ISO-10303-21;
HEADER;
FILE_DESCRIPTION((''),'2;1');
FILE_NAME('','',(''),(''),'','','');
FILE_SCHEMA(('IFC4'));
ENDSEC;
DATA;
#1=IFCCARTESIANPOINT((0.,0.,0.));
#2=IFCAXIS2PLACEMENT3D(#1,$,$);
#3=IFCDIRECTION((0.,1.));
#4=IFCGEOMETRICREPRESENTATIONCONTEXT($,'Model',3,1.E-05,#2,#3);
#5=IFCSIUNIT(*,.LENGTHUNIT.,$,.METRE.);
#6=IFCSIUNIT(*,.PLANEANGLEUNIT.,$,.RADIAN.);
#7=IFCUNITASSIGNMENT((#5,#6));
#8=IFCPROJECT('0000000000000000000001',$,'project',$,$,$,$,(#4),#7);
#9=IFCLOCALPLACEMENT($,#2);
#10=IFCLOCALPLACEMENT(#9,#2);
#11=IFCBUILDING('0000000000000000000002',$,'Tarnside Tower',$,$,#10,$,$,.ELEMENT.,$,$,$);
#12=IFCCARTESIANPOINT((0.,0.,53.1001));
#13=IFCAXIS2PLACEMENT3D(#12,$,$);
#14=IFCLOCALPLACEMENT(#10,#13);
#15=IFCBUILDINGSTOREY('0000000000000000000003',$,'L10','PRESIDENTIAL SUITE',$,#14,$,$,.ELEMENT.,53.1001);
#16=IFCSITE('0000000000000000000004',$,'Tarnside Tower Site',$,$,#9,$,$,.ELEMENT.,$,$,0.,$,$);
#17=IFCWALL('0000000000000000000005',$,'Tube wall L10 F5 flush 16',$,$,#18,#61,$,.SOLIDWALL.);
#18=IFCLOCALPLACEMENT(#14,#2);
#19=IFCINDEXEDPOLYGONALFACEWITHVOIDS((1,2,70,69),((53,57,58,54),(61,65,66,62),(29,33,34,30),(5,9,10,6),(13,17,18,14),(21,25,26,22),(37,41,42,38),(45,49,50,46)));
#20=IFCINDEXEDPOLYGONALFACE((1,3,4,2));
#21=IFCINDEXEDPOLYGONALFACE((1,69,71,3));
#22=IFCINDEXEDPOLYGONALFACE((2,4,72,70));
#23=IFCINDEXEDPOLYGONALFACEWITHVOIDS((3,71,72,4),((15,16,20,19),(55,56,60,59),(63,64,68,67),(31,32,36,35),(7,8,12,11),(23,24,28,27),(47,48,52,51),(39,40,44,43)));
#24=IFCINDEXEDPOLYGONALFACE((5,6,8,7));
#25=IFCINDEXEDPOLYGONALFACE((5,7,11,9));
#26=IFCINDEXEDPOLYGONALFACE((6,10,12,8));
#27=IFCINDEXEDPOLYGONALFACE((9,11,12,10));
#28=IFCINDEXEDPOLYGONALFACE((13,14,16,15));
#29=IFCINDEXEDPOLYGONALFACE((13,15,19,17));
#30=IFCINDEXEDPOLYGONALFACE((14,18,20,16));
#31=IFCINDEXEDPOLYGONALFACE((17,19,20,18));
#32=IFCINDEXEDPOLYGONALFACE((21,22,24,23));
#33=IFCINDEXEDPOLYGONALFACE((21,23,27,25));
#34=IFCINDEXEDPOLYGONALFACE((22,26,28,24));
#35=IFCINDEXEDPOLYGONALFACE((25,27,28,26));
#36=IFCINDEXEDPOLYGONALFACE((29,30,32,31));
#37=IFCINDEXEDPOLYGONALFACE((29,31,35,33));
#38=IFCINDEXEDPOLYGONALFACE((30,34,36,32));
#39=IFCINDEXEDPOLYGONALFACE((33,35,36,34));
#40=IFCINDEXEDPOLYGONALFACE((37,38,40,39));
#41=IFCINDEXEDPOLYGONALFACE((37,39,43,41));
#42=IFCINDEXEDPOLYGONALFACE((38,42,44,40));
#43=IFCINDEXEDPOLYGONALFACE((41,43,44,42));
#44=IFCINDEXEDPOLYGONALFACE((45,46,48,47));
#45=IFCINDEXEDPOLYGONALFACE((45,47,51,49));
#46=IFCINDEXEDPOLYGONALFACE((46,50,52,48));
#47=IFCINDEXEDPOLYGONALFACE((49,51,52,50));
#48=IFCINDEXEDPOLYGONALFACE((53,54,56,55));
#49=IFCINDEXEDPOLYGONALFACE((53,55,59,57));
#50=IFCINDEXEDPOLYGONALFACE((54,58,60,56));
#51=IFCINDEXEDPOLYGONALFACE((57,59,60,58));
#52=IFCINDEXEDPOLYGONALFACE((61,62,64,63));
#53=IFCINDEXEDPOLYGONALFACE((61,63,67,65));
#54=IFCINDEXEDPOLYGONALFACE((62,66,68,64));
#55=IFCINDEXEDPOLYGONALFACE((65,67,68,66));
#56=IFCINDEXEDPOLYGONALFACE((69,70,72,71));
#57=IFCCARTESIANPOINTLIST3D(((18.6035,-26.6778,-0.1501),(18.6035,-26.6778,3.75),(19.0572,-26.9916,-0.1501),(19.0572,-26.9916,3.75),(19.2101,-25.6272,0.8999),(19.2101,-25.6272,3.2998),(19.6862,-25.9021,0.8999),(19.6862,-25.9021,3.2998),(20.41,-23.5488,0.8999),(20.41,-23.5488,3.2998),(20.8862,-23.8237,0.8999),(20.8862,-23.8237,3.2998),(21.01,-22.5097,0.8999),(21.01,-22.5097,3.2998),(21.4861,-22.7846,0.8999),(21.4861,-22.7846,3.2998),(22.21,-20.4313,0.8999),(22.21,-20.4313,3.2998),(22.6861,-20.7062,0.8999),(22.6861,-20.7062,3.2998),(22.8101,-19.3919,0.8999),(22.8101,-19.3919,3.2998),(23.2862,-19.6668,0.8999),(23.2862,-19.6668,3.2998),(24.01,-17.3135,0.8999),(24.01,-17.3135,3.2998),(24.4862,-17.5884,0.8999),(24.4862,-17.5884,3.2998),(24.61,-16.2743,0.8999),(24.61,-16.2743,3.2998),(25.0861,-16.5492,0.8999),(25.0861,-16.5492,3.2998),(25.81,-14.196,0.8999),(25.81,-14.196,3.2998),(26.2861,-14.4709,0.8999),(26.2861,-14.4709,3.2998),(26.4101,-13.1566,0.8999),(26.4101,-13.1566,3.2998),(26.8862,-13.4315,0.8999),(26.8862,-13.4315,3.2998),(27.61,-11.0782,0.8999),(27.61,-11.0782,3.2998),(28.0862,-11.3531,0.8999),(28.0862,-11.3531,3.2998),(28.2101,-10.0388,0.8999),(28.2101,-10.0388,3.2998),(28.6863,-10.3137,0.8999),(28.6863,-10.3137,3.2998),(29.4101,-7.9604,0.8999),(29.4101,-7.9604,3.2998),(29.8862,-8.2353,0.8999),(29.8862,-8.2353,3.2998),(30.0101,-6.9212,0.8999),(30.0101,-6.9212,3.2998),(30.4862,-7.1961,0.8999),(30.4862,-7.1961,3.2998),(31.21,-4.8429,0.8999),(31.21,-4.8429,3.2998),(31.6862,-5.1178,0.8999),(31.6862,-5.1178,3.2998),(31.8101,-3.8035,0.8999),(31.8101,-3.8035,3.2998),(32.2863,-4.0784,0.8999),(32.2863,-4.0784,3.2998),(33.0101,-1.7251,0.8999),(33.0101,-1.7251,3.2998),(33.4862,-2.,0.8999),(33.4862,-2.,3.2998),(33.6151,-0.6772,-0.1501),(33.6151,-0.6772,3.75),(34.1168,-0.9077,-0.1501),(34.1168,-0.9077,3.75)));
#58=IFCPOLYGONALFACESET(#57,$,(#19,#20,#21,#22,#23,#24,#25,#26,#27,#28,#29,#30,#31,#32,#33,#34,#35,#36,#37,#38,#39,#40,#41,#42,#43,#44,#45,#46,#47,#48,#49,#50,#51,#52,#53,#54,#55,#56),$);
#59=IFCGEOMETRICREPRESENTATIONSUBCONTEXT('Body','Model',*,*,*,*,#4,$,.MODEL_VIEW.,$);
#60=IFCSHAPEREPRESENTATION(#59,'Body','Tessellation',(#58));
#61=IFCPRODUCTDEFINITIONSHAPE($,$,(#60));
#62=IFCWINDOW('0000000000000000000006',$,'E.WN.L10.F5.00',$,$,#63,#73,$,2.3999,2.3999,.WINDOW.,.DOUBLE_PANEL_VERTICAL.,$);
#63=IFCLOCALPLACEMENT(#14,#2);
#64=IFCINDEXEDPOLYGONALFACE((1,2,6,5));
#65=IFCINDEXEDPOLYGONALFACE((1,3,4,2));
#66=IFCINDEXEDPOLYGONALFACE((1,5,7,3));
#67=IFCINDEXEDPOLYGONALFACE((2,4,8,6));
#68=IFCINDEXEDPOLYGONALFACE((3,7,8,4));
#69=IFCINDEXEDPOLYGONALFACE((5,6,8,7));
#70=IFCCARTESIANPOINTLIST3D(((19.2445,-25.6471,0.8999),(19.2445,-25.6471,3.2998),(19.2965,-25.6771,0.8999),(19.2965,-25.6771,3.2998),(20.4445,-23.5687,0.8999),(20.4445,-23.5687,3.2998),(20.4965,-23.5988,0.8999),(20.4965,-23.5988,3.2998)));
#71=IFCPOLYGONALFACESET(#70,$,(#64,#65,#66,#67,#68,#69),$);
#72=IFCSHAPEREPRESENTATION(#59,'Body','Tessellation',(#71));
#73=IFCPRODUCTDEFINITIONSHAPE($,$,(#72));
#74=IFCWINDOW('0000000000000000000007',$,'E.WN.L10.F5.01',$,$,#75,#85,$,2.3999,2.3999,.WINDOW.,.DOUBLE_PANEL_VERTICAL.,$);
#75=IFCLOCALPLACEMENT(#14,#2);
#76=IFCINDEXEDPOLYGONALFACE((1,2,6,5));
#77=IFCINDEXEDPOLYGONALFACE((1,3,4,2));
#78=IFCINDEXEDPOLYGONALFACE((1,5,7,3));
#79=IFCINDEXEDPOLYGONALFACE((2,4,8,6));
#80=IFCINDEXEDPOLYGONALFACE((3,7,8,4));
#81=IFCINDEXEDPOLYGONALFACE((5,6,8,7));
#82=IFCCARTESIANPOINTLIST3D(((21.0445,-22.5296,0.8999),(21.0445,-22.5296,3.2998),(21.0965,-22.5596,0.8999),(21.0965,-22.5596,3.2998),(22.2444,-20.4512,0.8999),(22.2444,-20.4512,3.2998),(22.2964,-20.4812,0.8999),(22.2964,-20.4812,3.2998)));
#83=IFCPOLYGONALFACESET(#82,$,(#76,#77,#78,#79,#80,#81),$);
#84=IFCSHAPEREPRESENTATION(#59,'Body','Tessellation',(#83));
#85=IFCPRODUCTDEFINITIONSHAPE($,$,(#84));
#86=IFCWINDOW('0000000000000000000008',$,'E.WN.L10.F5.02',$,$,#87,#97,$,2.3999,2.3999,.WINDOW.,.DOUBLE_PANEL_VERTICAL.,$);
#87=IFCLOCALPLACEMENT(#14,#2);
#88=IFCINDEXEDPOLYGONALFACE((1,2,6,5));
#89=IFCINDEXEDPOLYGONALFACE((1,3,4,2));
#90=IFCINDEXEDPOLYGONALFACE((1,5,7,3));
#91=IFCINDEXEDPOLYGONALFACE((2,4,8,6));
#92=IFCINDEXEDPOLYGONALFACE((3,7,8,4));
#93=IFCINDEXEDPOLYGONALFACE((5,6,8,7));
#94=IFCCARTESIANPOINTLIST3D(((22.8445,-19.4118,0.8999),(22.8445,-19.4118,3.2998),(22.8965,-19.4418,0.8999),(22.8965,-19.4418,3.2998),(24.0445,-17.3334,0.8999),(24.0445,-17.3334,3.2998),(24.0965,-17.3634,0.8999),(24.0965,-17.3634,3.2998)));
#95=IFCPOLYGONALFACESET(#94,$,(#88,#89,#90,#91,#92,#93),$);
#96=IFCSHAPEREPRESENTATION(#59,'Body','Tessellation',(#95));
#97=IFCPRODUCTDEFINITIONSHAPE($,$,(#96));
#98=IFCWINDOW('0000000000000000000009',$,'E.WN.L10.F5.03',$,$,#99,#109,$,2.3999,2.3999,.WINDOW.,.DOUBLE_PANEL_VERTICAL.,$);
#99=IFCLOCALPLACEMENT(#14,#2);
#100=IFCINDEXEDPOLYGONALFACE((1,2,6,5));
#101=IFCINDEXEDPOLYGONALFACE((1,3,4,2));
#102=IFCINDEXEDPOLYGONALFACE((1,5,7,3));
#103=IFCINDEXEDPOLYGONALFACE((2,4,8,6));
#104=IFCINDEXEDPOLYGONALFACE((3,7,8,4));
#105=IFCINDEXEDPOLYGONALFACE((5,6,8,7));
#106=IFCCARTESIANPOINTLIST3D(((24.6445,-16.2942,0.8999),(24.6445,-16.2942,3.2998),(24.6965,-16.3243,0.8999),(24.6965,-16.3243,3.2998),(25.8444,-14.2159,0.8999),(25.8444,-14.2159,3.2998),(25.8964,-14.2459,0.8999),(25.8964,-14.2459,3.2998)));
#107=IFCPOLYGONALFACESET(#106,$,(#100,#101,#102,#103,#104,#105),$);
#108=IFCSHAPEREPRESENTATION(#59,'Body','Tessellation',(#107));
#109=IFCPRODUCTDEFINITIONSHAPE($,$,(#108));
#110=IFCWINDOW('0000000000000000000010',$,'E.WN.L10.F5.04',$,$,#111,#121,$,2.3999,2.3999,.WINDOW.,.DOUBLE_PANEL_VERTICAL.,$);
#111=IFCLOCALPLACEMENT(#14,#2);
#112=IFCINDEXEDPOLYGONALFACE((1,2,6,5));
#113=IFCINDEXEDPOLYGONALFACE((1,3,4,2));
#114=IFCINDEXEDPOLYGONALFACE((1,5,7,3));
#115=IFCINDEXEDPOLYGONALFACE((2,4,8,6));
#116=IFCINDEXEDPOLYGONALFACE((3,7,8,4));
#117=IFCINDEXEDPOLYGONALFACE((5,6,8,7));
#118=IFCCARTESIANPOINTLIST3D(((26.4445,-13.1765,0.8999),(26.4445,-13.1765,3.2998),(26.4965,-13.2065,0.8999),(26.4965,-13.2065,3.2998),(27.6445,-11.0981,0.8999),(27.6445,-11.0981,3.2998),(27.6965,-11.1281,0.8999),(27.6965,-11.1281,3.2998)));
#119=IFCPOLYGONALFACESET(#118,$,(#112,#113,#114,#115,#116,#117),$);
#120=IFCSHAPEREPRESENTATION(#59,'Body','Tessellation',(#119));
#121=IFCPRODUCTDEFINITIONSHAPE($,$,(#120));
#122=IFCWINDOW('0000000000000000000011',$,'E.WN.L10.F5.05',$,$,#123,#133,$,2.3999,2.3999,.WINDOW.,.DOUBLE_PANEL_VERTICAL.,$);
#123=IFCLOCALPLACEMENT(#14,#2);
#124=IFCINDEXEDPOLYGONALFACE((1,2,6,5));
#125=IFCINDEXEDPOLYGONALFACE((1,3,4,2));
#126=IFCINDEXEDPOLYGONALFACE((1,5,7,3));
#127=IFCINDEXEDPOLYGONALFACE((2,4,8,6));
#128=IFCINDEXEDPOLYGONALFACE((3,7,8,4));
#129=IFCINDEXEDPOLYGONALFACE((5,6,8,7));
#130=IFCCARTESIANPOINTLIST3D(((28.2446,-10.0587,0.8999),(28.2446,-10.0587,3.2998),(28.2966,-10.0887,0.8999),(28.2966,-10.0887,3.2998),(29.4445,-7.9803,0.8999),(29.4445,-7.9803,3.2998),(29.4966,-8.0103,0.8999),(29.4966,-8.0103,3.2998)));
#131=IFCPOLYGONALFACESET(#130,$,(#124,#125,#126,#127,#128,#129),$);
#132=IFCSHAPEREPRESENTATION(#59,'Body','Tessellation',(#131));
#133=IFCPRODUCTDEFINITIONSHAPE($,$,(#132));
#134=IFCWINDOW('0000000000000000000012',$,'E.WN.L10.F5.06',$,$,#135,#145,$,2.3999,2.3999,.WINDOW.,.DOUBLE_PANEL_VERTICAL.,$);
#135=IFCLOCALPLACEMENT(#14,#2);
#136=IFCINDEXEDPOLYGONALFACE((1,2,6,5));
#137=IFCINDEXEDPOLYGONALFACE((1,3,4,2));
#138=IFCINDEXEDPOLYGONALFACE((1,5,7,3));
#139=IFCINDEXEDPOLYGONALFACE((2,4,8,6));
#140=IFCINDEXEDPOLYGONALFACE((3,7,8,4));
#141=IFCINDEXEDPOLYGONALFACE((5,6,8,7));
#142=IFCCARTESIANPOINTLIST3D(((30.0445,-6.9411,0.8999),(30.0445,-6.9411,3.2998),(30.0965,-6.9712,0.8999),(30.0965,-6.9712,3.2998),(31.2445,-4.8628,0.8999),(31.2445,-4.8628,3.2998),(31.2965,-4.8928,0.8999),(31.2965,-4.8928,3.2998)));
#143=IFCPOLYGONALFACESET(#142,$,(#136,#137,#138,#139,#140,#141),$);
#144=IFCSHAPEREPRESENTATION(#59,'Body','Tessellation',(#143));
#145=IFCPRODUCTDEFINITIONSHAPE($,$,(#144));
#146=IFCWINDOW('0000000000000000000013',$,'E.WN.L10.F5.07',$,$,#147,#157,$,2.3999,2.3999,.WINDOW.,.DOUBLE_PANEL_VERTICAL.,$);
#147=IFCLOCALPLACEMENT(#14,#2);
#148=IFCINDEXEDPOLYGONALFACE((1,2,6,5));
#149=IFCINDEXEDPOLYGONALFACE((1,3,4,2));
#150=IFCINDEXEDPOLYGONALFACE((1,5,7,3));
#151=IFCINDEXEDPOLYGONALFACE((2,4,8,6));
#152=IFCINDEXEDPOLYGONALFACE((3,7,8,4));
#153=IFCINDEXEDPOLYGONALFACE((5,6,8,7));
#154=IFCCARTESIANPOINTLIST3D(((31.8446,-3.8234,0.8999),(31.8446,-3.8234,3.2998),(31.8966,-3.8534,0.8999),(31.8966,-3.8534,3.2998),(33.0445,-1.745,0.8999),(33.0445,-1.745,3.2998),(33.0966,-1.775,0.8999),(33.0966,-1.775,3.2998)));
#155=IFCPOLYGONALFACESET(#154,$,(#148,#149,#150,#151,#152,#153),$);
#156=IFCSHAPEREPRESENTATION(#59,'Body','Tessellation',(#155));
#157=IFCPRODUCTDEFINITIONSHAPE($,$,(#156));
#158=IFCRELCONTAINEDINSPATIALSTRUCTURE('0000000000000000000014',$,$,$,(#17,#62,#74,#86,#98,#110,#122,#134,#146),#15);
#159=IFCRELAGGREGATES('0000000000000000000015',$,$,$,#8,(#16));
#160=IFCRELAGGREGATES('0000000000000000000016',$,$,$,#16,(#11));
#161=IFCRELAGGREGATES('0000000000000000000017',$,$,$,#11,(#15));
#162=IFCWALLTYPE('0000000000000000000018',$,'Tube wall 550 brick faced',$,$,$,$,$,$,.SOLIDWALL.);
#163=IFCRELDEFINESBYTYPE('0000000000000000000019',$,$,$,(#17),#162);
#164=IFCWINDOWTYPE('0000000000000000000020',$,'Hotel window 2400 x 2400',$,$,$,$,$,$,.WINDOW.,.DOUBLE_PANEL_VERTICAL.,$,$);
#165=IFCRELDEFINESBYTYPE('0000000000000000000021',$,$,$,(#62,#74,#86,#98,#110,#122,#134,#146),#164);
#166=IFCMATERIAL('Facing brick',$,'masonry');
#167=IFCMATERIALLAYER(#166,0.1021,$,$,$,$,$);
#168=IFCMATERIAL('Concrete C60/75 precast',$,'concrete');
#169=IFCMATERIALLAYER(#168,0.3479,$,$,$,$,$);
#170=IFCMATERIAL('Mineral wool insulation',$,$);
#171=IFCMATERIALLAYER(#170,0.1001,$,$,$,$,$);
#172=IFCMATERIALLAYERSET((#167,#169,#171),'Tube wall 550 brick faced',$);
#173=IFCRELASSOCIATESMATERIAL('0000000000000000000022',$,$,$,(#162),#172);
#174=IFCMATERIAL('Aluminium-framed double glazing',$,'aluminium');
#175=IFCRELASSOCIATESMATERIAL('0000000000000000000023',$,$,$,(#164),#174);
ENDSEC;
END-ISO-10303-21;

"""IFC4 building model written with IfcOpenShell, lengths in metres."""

from ifc_helpers import new_model, si_unit, direction, frame, frame_2d, origin, place, context, subcontext, project, spatial, polyline, rectangle, outline, extrude, material, layer, layer_set, type_object, element, fill, save


model = new_model("IFC4")

# Units and contexts
model_context = context("Model", 3, precision=1e-05, world=origin(), true_north=direction((0.0, 1.0)))
body_context = subcontext(model_context, "Body", "Model", "MODEL_VIEW")
ifc_project = project(units=[si_unit("LENGTHUNIT", "METRE"), si_unit("PLANEANGLEUNIT", "RADIAN")], contexts=[model_context])

# Site, building, storey
site_placement = place(None, origin())
site = spatial("IfcSite", under=ifc_project, at=site_placement, Name="Tarnside Tower Site", CompositionType="ELEMENT", RefElevation=0.0)
building_placement = place(site_placement, origin())
building = spatial("IfcBuilding", under=site, at=building_placement, Name="Tarnside Tower", CompositionType="ELEMENT")
storey_placement = place(building_placement, frame((0.0, 0.0, 53.1001)))
storey = spatial("IfcBuildingStorey", under=building, at=storey_placement, Name="L10", Description="PRESIDENTIAL SUITE", CompositionType="ELEMENT", Elevation=53.1001)

# Shared definitions
ifc_material_1 = material(Name="Facing brick", Category="masonry")
ifc_layer_1 = layer(ifc_material_1, 0.1021)
ifc_material_2 = material(Name="Concrete C60/75 precast", Category="concrete")
ifc_layer_2 = layer(ifc_material_2, 0.3479)
ifc_material_3 = material(Name="Mineral wool insulation")
ifc_layer_3 = layer(ifc_material_3, 0.1001)
ifc_layer_set_1 = layer_set([ifc_layer_1, ifc_layer_2, ifc_layer_3], Name="Tube wall 550 brick faced")
wall_type_1 = type_object("IfcWallType", Name="Tube wall 550 brick faced", PredefinedType="SOLIDWALL", material=ifc_layer_set_1)

# Wall, openings, windows
wall_1_placement = place(storey_placement, frame((18.8303, -26.8347, -0.1501), z_axis=(0.0, 0.0, 1.0), x_axis=(0.500004, 0.866023, 0.0)))
wall_1 = element("IfcWall", 1, at=wall_1_placement, inside=storey, type_object=wall_type_1, Name="Tube wall L10 F5 flush 16", PredefinedType="SOLIDWALL", context=body_context, shape_type="SweptSolid", body=[
    extrude(outline(polyline([(-0.0225, -0.2749), (30.0967, -0.2749), (30.0454, 0.2749), (0.0225, 0.2749), (-0.0225, -0.2749)])), origin(), (0.0, 0.0, 1.0), 3.9001),
])
opening_1_placement = place(wall_1_placement, frame((1.2356, 0.0, 1.05)))
opening_1 = element("IfcOpeningElement", 2, at=opening_1_placement, cuts=wall_1, PredefinedType="OPENING", context=body_context, shape_type="SweptSolid", body=[
    extrude(rectangle(XDim=2.3999, YDim=2.3999, at=frame_2d((1.2, 1.2))), frame((0.0, 0.2852, 0.0), z_axis=(0.0, -1.0, 0.0), x_axis=(1.0, 0.0, 0.0)), (0.0, 0.0, 1.0), 0.5701),
])
opening_2_placement = place(wall_1_placement, frame((4.8354, 0.0, 1.05)))
opening_2 = element("IfcOpeningElement", 3, at=opening_2_placement, cuts=wall_1, PredefinedType="OPENING", context=body_context, shape_type="SweptSolid", body=[
    extrude(rectangle(XDim=2.3999, YDim=2.3999, at=frame_2d((1.2, 1.2))), frame((0.0, 0.2852, 0.0), z_axis=(0.0, -1.0, 0.0), x_axis=(1.0, 0.0, 0.0)), (0.0, 0.0, 1.0), 0.5701),
])
opening_3_placement = place(wall_1_placement, frame((8.4355, 0.0, 1.05)))
opening_3 = element("IfcOpeningElement", 4, at=opening_3_placement, cuts=wall_1, PredefinedType="OPENING", context=body_context, shape_type="SweptSolid", body=[
    extrude(rectangle(XDim=2.3999, YDim=2.3999, at=frame_2d((1.2, 1.2))), frame((0.0, 0.2852, 0.0), z_axis=(0.0, -1.0, 0.0), x_axis=(1.0, 0.0, 0.0)), (0.0, 0.0, 1.0), 0.5701),
])
opening_4_placement = place(wall_1_placement, frame((12.0354, 0.0, 1.05)))
opening_4 = element("IfcOpeningElement", 5, at=opening_4_placement, cuts=wall_1, PredefinedType="OPENING", context=body_context, shape_type="SweptSolid", body=[
    extrude(rectangle(XDim=2.3999, YDim=2.3999, at=frame_2d((1.2, 1.2))), frame((0.0, 0.2852, 0.0), z_axis=(0.0, -1.0, 0.0), x_axis=(1.0, 0.0, 0.0)), (0.0, 0.0, 1.0), 0.5701),
])
opening_5_placement = place(wall_1_placement, frame((15.6355, 0.0, 1.05)))
opening_5 = element("IfcOpeningElement", 6, at=opening_5_placement, cuts=wall_1, PredefinedType="OPENING", context=body_context, shape_type="SweptSolid", body=[
    extrude(rectangle(XDim=2.3999, YDim=2.3999, at=frame_2d((1.2, 1.2))), frame((0.0, 0.2852, 0.0), z_axis=(0.0, -1.0, 0.0), x_axis=(1.0, 0.0, 0.0)), (0.0, 0.0, 1.0), 0.5701),
])
opening_6_placement = place(wall_1_placement, frame((19.2356, 0.0, 1.05)))
opening_6 = element("IfcOpeningElement", 7, at=opening_6_placement, cuts=wall_1, PredefinedType="OPENING", context=body_context, shape_type="SweptSolid", body=[
    extrude(rectangle(XDim=2.3999, YDim=2.3999, at=frame_2d((1.2, 1.2))), frame((0.0, 0.2852, 0.0), z_axis=(0.0, -1.0, 0.0), x_axis=(1.0, 0.0, 0.0)), (0.0, 0.0, 1.0), 0.5701),
])
opening_7_placement = place(wall_1_placement, frame((22.8354, 0.0, 1.05)))
opening_7 = element("IfcOpeningElement", 8, at=opening_7_placement, cuts=wall_1, PredefinedType="OPENING", context=body_context, shape_type="SweptSolid", body=[
    extrude(rectangle(XDim=2.3999, YDim=2.3999, at=frame_2d((1.2, 1.2))), frame((0.0, 0.2852, 0.0), z_axis=(0.0, -1.0, 0.0), x_axis=(1.0, 0.0, 0.0)), (0.0, 0.0, 1.0), 0.5701),
])
opening_8_placement = place(wall_1_placement, frame((26.4355, 0.0, 1.05)))
opening_8 = element("IfcOpeningElement", 9, at=opening_8_placement, cuts=wall_1, PredefinedType="OPENING", context=body_context, shape_type="SweptSolid", body=[
    extrude(rectangle(XDim=2.3999, YDim=2.3999, at=frame_2d((1.2, 1.2))), frame((0.0, 0.2852, 0.0), z_axis=(0.0, -1.0, 0.0), x_axis=(1.0, 0.0, 0.0)), (0.0, 0.0, 1.0), 0.5701),
])
ifc_material_4 = material(Name="Aluminium-framed double glazing", Category="aluminium")
window_type = type_object("IfcWindowType", Name="Hotel window 2400 x 2400", PartitioningType="DOUBLE_PANEL_VERTICAL", PredefinedType="WINDOW", material=ifc_material_4)
window_1_placement = place(opening_1_placement, frame((0.0, 0.2051, 0.0)))
window_1 = element("IfcWindow", 10, at=window_1_placement, inside=storey, type_object=window_type, Name="E.WN.L10.F5.00", OverallHeight=2.3999, OverallWidth=2.3999, PartitioningType="DOUBLE_PANEL_VERTICAL", PredefinedType="WINDOW", context=body_context, shape_type="SweptSolid", body=[
    extrude(rectangle(XDim=2.3999, YDim=2.3999, at=frame_2d((1.2, 1.2))), frame((0.0, 0.03, 0.0), z_axis=(0.0, -1.0, 0.0), x_axis=(1.0, 0.0, 0.0)), (0.0, 0.0, 1.0), 0.0601),
])
fill(opening_1, window_1)
window_2_placement = place(opening_2_placement, frame((0.0, 0.2051, 0.0)))
window_2 = element("IfcWindow", 11, at=window_2_placement, inside=storey, type_object=window_type, Name="E.WN.L10.F5.01", OverallHeight=2.3999, OverallWidth=2.3999, PartitioningType="DOUBLE_PANEL_VERTICAL", PredefinedType="WINDOW", context=body_context, shape_type="SweptSolid", body=[
    extrude(rectangle(XDim=2.3999, YDim=2.3999, at=frame_2d((1.2, 1.2))), frame((0.0, 0.03, 0.0), z_axis=(0.0, -1.0, 0.0), x_axis=(1.0, 0.0, 0.0)), (0.0, 0.0, 1.0), 0.0601),
])
fill(opening_2, window_2)
window_3_placement = place(opening_3_placement, frame((0.0, 0.2051, 0.0)))
window_3 = element("IfcWindow", 12, at=window_3_placement, inside=storey, type_object=window_type, Name="E.WN.L10.F5.02", OverallHeight=2.3999, OverallWidth=2.3999, PartitioningType="DOUBLE_PANEL_VERTICAL", PredefinedType="WINDOW", context=body_context, shape_type="SweptSolid", body=[
    extrude(rectangle(XDim=2.3999, YDim=2.3999, at=frame_2d((1.2, 1.2))), frame((0.0, 0.03, 0.0), z_axis=(0.0, -1.0, 0.0), x_axis=(1.0, 0.0, 0.0)), (0.0, 0.0, 1.0), 0.0601),
])
fill(opening_3, window_3)
window_4_placement = place(opening_4_placement, frame((0.0, 0.2051, 0.0)))
window_4 = element("IfcWindow", 13, at=window_4_placement, inside=storey, type_object=window_type, Name="E.WN.L10.F5.03", OverallHeight=2.3999, OverallWidth=2.3999, PartitioningType="DOUBLE_PANEL_VERTICAL", PredefinedType="WINDOW", context=body_context, shape_type="SweptSolid", body=[
    extrude(rectangle(XDim=2.3999, YDim=2.3999, at=frame_2d((1.2, 1.2))), frame((0.0, 0.03, 0.0), z_axis=(0.0, -1.0, 0.0), x_axis=(1.0, 0.0, 0.0)), (0.0, 0.0, 1.0), 0.0601),
])
fill(opening_4, window_4)
window_5_placement = place(opening_5_placement, frame((0.0, 0.2051, 0.0)))
window_5 = element("IfcWindow", 14, at=window_5_placement, inside=storey, type_object=window_type, Name="E.WN.L10.F5.04", OverallHeight=2.3999, OverallWidth=2.3999, PartitioningType="DOUBLE_PANEL_VERTICAL", PredefinedType="WINDOW", context=body_context, shape_type="SweptSolid", body=[
    extrude(rectangle(XDim=2.3999, YDim=2.3999, at=frame_2d((1.2, 1.2))), frame((0.0, 0.03, 0.0), z_axis=(0.0, -1.0, 0.0), x_axis=(1.0, 0.0, 0.0)), (0.0, 0.0, 1.0), 0.0601),
])
fill(opening_5, window_5)
window_6_placement = place(opening_6_placement, frame((0.0, 0.2051, 0.0)))
window_6 = element("IfcWindow", 15, at=window_6_placement, inside=storey, type_object=window_type, Name="E.WN.L10.F5.05", OverallHeight=2.3999, OverallWidth=2.3999, PartitioningType="DOUBLE_PANEL_VERTICAL", PredefinedType="WINDOW", context=body_context, shape_type="SweptSolid", body=[
    extrude(rectangle(XDim=2.3999, YDim=2.3999, at=frame_2d((1.2, 1.2))), frame((0.0, 0.03, 0.0), z_axis=(0.0, -1.0, 0.0), x_axis=(1.0, 0.0, 0.0)), (0.0, 0.0, 1.0), 0.0601),
])
fill(opening_6, window_6)
window_7_placement = place(opening_7_placement, frame((0.0, 0.2051, 0.0)))
window_7 = element("IfcWindow", 16, at=window_7_placement, inside=storey, type_object=window_type, Name="E.WN.L10.F5.06", OverallHeight=2.3999, OverallWidth=2.3999, PartitioningType="DOUBLE_PANEL_VERTICAL", PredefinedType="WINDOW", context=body_context, shape_type="SweptSolid", body=[
    extrude(rectangle(XDim=2.3999, YDim=2.3999, at=frame_2d((1.2, 1.2))), frame((0.0, 0.03, 0.0), z_axis=(0.0, -1.0, 0.0), x_axis=(1.0, 0.0, 0.0)), (0.0, 0.0, 1.0), 0.0601),
])
fill(opening_7, window_7)
window_8_placement = place(opening_8_placement, frame((0.0, 0.2051, 0.0)))
window_8 = element("IfcWindow", 17, at=window_8_placement, inside=storey, type_object=window_type, Name="E.WN.L10.F5.07", OverallHeight=2.3999, OverallWidth=2.3999, PartitioningType="DOUBLE_PANEL_VERTICAL", PredefinedType="WINDOW", context=body_context, shape_type="SweptSolid", body=[
    extrude(rectangle(XDim=2.3999, YDim=2.3999, at=frame_2d((1.2, 1.2))), frame((0.0, 0.03, 0.0), z_axis=(0.0, -1.0, 0.0), x_axis=(1.0, 0.0, 0.0)), (0.0, 0.0, 1.0), 0.0601),
])
fill(opening_8, window_8)

save(model, "model.ifc")
